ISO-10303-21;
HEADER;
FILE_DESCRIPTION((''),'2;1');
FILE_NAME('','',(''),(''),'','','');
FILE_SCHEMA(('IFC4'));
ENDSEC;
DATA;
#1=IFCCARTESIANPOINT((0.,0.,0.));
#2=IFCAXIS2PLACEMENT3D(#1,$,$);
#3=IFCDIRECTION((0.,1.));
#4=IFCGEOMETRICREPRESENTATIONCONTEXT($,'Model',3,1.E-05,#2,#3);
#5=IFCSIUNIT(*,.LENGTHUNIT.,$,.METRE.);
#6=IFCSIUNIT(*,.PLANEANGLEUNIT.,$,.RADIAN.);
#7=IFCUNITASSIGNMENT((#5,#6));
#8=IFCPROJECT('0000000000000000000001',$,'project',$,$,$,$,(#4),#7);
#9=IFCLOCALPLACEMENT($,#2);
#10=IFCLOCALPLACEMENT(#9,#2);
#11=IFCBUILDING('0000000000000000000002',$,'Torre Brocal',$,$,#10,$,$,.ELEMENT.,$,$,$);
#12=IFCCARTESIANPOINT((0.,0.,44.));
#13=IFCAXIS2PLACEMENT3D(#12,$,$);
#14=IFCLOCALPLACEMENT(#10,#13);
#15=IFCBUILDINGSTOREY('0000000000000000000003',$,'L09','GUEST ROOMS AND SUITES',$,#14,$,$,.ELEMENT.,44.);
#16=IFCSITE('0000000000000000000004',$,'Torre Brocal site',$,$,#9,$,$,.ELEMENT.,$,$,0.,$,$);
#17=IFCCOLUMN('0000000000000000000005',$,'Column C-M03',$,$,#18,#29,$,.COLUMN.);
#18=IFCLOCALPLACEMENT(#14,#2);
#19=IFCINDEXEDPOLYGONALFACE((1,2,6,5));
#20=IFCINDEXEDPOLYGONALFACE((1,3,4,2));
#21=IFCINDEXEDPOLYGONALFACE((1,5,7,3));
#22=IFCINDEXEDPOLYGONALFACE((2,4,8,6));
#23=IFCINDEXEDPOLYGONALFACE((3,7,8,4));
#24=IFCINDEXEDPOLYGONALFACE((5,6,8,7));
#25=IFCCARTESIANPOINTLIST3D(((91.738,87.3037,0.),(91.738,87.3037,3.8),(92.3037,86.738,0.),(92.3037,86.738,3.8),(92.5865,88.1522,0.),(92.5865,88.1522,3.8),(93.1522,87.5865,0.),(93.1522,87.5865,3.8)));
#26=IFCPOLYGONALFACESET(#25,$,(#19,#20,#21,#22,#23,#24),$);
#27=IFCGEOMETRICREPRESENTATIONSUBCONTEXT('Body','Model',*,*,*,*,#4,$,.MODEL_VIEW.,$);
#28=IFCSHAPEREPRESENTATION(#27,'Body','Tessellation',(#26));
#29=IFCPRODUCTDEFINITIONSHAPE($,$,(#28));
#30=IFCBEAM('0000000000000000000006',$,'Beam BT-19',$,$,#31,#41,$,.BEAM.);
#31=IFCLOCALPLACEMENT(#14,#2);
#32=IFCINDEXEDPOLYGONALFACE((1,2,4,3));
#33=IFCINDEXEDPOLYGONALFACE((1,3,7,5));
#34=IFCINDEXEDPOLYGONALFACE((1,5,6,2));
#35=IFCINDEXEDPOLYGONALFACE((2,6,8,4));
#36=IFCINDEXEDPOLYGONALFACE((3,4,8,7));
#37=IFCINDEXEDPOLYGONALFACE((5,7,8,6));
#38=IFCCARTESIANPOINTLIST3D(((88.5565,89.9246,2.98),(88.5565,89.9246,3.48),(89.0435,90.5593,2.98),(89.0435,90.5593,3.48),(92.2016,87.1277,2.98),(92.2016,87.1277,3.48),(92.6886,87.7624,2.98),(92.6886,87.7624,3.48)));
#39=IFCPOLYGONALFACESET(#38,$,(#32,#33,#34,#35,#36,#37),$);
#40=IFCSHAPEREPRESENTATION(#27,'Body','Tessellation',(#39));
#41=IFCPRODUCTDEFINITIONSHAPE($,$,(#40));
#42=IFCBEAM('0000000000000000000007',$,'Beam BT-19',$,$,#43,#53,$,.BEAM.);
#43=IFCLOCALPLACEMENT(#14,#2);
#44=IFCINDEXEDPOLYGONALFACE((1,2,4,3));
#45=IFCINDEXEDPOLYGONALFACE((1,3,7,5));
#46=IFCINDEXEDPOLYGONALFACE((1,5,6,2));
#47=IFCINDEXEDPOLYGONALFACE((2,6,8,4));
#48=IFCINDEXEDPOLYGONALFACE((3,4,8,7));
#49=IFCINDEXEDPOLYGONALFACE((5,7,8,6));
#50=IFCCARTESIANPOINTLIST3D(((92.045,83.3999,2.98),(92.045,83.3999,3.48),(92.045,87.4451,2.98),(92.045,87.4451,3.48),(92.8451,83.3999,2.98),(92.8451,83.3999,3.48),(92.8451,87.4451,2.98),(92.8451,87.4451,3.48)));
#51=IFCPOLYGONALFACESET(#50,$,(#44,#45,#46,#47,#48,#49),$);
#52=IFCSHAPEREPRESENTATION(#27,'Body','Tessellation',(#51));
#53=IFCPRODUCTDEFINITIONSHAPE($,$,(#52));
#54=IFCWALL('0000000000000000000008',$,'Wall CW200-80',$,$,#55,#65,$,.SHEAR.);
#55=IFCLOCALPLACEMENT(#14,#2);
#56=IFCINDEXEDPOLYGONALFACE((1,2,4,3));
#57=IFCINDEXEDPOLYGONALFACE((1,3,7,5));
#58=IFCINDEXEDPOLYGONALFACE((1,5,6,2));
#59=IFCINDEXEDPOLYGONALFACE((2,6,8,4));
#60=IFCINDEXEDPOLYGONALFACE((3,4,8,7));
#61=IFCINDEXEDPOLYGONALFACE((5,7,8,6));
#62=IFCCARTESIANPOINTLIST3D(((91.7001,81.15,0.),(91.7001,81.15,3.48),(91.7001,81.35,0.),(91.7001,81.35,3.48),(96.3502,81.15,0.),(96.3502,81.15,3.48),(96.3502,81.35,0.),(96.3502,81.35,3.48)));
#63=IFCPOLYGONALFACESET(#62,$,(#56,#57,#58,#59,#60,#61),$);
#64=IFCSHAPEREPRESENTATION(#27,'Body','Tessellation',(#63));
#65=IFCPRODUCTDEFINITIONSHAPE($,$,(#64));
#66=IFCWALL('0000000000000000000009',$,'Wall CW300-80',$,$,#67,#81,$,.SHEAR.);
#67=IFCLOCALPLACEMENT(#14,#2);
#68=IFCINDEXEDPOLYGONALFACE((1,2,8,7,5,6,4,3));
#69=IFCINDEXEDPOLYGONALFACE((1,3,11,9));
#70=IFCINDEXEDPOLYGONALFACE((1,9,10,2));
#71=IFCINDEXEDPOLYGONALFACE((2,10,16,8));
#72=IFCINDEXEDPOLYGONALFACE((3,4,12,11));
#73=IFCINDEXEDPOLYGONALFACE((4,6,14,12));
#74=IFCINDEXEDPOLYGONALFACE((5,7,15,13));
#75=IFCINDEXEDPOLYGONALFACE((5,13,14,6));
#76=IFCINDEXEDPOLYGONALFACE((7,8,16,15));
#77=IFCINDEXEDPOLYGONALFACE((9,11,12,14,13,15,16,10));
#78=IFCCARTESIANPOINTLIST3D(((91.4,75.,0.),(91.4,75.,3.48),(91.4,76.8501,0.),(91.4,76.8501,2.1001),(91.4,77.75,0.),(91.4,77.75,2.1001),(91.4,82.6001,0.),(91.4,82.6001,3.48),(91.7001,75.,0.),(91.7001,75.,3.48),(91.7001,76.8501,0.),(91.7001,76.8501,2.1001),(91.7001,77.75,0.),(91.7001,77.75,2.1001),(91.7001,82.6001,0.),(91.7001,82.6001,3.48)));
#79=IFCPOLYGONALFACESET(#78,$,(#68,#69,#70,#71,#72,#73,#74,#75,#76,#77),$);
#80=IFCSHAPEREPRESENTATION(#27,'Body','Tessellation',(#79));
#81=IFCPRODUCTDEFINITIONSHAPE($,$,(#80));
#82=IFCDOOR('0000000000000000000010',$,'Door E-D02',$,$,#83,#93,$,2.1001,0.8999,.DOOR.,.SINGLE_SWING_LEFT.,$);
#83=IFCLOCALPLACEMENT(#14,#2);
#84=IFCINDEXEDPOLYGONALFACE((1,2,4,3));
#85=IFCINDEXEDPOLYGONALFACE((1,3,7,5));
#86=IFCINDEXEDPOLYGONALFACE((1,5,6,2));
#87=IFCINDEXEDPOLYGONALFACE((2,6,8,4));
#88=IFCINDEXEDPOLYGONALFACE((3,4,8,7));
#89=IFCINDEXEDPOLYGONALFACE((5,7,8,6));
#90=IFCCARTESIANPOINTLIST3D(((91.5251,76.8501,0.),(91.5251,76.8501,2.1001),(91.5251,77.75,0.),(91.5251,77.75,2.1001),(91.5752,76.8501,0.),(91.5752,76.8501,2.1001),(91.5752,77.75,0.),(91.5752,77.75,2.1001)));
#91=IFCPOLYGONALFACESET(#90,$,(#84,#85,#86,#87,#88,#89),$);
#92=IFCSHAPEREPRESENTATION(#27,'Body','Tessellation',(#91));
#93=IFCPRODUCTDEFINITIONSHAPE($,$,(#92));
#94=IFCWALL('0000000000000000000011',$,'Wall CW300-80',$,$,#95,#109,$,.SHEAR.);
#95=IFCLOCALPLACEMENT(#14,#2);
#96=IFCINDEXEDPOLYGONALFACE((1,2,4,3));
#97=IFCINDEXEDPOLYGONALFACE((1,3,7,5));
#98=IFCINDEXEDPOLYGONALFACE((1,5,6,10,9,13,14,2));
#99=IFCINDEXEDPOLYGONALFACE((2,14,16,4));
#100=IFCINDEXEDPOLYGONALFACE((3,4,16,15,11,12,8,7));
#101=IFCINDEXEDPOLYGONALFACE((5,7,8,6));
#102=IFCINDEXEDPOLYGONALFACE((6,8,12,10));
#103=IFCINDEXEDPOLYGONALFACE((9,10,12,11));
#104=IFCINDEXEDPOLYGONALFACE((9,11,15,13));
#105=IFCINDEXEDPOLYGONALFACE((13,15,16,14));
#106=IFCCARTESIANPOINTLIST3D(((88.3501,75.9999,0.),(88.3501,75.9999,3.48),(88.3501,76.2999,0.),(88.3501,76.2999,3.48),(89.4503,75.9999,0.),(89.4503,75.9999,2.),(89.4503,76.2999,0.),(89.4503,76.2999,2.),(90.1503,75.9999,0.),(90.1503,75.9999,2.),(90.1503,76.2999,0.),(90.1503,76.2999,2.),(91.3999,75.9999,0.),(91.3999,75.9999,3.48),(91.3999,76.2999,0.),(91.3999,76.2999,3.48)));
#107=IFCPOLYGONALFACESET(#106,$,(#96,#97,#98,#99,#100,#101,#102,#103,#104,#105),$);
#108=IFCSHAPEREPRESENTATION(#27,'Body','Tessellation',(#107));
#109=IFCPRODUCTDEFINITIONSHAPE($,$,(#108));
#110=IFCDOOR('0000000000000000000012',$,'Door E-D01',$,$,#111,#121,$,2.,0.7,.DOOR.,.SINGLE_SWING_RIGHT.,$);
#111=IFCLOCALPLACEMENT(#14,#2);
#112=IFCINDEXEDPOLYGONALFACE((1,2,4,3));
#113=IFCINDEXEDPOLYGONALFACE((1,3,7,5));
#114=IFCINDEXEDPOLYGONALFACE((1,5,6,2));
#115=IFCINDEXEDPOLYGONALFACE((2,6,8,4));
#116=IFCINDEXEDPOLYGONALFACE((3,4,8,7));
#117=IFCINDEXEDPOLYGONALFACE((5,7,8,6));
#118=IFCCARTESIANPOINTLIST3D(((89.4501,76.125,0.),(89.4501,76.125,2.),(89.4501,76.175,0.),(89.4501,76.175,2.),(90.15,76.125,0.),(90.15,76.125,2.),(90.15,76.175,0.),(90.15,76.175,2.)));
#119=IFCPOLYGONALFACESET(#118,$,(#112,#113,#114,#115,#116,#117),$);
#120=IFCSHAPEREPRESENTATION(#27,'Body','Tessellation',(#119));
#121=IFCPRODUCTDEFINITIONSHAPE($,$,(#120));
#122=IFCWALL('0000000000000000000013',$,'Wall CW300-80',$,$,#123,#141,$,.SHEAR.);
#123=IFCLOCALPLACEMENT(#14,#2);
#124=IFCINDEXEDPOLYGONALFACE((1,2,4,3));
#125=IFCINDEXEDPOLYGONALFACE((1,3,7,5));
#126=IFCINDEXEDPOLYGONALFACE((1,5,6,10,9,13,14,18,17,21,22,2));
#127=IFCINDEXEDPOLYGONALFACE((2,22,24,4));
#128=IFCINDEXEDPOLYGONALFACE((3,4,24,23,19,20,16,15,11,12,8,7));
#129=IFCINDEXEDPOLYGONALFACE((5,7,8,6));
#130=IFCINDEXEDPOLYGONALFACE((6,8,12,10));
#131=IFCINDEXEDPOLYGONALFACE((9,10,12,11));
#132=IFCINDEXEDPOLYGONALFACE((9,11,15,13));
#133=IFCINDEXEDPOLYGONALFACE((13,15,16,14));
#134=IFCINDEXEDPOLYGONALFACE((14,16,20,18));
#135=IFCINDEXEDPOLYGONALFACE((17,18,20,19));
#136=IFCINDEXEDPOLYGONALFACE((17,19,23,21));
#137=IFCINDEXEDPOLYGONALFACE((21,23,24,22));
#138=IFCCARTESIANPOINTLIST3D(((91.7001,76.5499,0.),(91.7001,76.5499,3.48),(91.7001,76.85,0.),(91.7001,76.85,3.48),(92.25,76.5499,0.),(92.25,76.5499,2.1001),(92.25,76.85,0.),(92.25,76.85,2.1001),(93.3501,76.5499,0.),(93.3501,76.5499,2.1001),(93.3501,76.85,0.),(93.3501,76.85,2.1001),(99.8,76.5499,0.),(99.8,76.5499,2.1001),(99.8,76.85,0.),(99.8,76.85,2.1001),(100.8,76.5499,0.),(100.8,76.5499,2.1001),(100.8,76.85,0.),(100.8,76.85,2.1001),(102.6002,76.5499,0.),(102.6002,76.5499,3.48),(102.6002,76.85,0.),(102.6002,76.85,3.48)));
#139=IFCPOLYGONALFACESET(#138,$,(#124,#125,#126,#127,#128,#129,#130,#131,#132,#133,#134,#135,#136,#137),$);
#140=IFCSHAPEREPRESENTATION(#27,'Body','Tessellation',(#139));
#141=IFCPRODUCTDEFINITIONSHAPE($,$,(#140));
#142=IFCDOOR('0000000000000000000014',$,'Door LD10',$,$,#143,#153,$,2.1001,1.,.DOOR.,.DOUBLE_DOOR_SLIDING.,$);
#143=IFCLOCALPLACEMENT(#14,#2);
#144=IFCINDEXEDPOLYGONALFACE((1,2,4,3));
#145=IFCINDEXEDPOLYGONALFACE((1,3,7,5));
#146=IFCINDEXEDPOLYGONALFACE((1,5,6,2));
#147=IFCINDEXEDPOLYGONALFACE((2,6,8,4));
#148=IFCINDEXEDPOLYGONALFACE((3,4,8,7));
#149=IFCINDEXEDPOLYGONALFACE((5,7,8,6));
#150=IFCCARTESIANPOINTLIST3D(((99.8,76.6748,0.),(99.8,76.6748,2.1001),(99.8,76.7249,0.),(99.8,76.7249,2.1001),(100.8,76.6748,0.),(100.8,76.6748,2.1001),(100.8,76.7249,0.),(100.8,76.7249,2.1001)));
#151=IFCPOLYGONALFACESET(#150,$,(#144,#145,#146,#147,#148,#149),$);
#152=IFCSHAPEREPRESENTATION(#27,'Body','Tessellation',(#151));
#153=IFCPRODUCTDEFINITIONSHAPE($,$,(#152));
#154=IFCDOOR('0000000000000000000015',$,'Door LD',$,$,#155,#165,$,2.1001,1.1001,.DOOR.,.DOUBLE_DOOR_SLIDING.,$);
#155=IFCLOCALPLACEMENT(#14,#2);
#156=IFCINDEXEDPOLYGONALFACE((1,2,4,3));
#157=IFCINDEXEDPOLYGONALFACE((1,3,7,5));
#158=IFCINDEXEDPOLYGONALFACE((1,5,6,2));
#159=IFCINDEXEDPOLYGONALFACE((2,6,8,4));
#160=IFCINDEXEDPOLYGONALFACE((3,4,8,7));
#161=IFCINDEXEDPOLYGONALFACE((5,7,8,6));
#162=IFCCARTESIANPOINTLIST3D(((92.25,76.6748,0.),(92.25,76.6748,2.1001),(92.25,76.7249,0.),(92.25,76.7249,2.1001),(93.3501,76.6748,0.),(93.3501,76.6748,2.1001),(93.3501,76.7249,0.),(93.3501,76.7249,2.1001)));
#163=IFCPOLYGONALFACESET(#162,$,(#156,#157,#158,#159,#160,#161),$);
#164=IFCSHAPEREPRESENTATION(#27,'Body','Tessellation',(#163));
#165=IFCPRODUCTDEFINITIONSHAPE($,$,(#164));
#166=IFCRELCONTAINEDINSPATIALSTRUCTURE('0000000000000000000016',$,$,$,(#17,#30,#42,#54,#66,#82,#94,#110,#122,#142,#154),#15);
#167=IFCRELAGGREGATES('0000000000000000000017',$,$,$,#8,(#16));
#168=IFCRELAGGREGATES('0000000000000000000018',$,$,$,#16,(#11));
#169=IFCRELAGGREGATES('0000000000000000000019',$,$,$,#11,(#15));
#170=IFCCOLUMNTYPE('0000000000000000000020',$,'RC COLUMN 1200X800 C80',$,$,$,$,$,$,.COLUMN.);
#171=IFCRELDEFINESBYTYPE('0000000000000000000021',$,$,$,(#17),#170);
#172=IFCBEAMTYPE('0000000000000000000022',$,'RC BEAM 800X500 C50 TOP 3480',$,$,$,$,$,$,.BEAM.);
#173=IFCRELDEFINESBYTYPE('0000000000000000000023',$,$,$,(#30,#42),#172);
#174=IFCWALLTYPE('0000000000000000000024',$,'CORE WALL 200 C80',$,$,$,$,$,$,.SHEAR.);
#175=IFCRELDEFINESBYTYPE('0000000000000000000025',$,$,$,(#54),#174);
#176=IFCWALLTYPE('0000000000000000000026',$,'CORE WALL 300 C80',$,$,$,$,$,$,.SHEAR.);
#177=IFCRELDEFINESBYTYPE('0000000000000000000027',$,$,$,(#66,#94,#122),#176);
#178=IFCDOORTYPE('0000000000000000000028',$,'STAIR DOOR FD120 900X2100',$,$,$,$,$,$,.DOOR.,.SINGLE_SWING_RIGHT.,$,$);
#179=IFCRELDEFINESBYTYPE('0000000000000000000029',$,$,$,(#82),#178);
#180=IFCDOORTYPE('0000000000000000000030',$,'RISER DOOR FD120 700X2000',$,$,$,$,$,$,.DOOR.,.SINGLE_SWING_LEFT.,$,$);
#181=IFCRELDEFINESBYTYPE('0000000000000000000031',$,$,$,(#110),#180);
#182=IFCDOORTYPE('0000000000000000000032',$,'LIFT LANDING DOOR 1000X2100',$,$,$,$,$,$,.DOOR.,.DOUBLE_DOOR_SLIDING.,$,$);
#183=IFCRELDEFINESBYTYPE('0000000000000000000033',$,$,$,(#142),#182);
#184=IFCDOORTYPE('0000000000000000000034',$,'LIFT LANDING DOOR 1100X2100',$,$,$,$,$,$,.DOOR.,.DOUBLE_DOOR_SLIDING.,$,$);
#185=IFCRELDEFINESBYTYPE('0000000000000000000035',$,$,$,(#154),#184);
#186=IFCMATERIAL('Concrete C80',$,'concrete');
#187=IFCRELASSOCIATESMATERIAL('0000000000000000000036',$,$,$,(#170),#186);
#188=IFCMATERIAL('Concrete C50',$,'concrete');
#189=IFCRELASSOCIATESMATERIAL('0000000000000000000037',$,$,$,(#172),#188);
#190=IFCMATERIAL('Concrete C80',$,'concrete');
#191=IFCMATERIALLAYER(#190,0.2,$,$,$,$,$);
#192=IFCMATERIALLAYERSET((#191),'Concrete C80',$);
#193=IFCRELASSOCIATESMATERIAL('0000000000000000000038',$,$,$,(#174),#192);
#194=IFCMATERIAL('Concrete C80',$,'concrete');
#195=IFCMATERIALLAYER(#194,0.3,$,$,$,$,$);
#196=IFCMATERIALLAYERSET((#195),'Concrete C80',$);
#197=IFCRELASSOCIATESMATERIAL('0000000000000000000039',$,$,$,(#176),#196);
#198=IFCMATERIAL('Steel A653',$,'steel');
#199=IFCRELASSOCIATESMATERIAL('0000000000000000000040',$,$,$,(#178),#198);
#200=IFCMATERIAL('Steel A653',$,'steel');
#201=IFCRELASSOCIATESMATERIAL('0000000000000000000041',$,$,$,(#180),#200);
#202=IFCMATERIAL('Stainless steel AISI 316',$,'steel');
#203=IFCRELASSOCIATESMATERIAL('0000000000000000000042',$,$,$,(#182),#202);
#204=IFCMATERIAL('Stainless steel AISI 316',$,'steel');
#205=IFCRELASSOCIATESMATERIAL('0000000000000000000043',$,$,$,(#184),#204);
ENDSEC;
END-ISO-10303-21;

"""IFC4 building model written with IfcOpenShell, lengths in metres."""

from ifc_helpers import new_model, si_unit, direction, frame, frame_2d, origin, origin_2d, place, context, subcontext, project, spatial, rectangle, extrude, material, layer, layer_set, material_profile, profile_set, type_object, element, fill, save


model = new_model("IFC4")

# Units and contexts
model_context = context("Model", 3, precision=1e-05, world=origin(), true_north=direction((0.0, 1.0)))
body_context = subcontext(model_context, "Body", "Model", "MODEL_VIEW")
ifc_project = project(units=[si_unit("LENGTHUNIT", "METRE"), si_unit("PLANEANGLEUNIT", "RADIAN")], contexts=[model_context])

# Site, building, storey
site_placement = place(None, origin())
site = spatial("IfcSite", under=ifc_project, at=site_placement, Name="Torre Brocal site", CompositionType="ELEMENT", RefElevation=0.0)
building_placement = place(site_placement, origin())
building = spatial("IfcBuilding", under=site, at=building_placement, Name="Torre Brocal", CompositionType="ELEMENT")
storey_placement = place(building_placement, frame((0.0, 0.0, 44.0)))
storey = spatial("IfcBuildingStorey", under=building, at=storey_placement, Name="L09", Description="GUEST ROOMS AND SUITES", CompositionType="ELEMENT", Elevation=44.0)

# Column
ifc_material_1 = material(Name="Concrete C80", Category="concrete")
ifc_material_profile_1 = material_profile(ifc_material_1, rectangle(XDim=1.2, YDim=0.8, at=origin_2d()), Name="RC 1200X800")
ifc_profile_set_1 = profile_set([ifc_material_profile_1], Name="Concrete C80")
column_type = type_object("IfcColumnType", Name="RC COLUMN 1200X800 C80", PredefinedType="COLUMN", material=ifc_profile_set_1)
column_placement = place(storey_placement, frame((92.4451, 87.4451, 0.0), z_axis=(0.0, 0.0, 1.0), x_axis=(0.707107, 0.707107, 0.0)))
element("IfcColumn", 1, at=column_placement, inside=storey, type_object=column_type, Name="Column C-M03", PredefinedType="COLUMN", context=body_context, shape_type="SweptSolid", body=[
    extrude(rectangle(XDim=1.2, YDim=0.8, at=origin_2d()), origin(), (0.0, 0.0, 1.0), 3.8),
])

# Beams
ifc_material_2 = material(Name="Concrete C50", Category="concrete")
ifc_material_profile_2 = material_profile(ifc_material_2, rectangle(XDim=0.8, YDim=0.5, at=origin_2d()), Name="RC 800X500")
ifc_profile_set_2 = profile_set([ifc_material_profile_2], Name="Concrete C50")
beam_type = type_object("IfcBeamType", Name="RC BEAM 800X500 C50 TOP 3480", PredefinedType="BEAM", material=ifc_profile_set_2)
beam_1_placement = place(storey_placement, frame((92.4451, 87.4451, 3.23), z_axis=(-0.793358, 0.608755, 0.0), x_axis=(-0.608755, -0.793358, 0.0)))
element("IfcBeam", 2, at=beam_1_placement, inside=storey, type_object=beam_type, Name="Beam BT-19", PredefinedType="BEAM", context=body_context, shape_type="SweptSolid", body=[
    extrude(rectangle(XDim=0.8, YDim=0.5, at=origin_2d()), origin(), (0.0, 0.0, 1.0), 4.5945),
])
beam_2_placement = place(storey_placement, frame((92.4451, 87.4451, 3.23), z_axis=(0.0, -1.0, 0.0), x_axis=(1.0, 0.0, 0.0)))
element("IfcBeam", 3, at=beam_2_placement, inside=storey, type_object=beam_type, Name="Beam BT-19", PredefinedType="BEAM", context=body_context, shape_type="SweptSolid", body=[
    extrude(rectangle(XDim=0.8, YDim=0.5, at=origin_2d()), origin(), (0.0, 0.0, 1.0), 4.0452),
])

# Wall
ifc_material_3 = material(Name="Concrete C80", Category="concrete")
ifc_layer_1 = layer(ifc_material_3, 0.2)
ifc_layer_set_1 = layer_set([ifc_layer_1], Name="Concrete C80")
wall_type_1 = type_object("IfcWallType", Name="CORE WALL 200 C80", PredefinedType="SHEAR", material=ifc_layer_set_1)
wall_1_placement = place(storey_placement, frame((91.7, 81.25, 0.0), z_axis=(0.0, 0.0, 1.0), x_axis=(1.0, 0.0, 0.0)))
element("IfcWall", 4, at=wall_1_placement, inside=storey, type_object=wall_type_1, Name="Wall CW200-80", PredefinedType="SHEAR", context=body_context, shape_type="SweptSolid", body=[
    extrude(rectangle(XDim=4.6501, YDim=0.2, at=frame_2d((2.3252, 0.0))), origin(), (0.0, 0.0, 1.0), 3.48),
])

# Walls, openings, doors
ifc_material_4 = material(Name="Concrete C80", Category="concrete")
ifc_layer_2 = layer(ifc_material_4, 0.3)
ifc_layer_set_2 = layer_set([ifc_layer_2], Name="Concrete C80")
wall_type_2 = type_object("IfcWallType", Name="CORE WALL 300 C80", PredefinedType="SHEAR", material=ifc_layer_set_2)
wall_2_placement = place(storey_placement, frame((91.55, 75.0, 0.0), z_axis=(0.0, 0.0, 1.0), x_axis=(0.0, 1.0, 0.0)))
wall_2 = element("IfcWall", 5, at=wall_2_placement, inside=storey, type_object=wall_type_2, Name="Wall CW300-80", PredefinedType="SHEAR", context=body_context, shape_type="SweptSolid", body=[
    extrude(rectangle(XDim=7.6001, YDim=0.3, at=frame_2d((3.8, 0.0))), origin(), (0.0, 0.0, 1.0), 3.48),
])
opening_1_placement = place(wall_2_placement, frame((1.8501, 0.0, 0.0)))
opening_1 = element("IfcOpeningElement", 6, at=opening_1_placement, cuts=wall_2, PredefinedType="OPENING", context=body_context, shape_type="SweptSolid", body=[
    extrude(rectangle(XDim=0.8999, YDim=2.1001, at=frame_2d((0.45, 1.05))), frame((0.0, 0.1599, 0.0), z_axis=(0.0, -1.0, 0.0), x_axis=(1.0, 0.0, 0.0)), (0.0, 0.0, 1.0), 0.3201),
])
ifc_material_5 = material(Name="Steel A653", Category="steel")
door_type_1 = type_object("IfcDoorType", Name="STAIR DOOR FD120 900X2100", OperationType="SINGLE_SWING_RIGHT", PredefinedType="DOOR", material=ifc_material_5)
door_1_placement = place(opening_1_placement, origin())
door_1 = element("IfcDoor", 7, at=door_1_placement, inside=storey, type_object=door_type_1, Name="Door E-D02", OperationType="SINGLE_SWING_LEFT", OverallHeight=2.1001, OverallWidth=0.8999, PredefinedType="DOOR", context=body_context, shape_type="SweptSolid", body=[
    extrude(rectangle(XDim=0.8999, YDim=2.1001, at=frame_2d((0.45, 1.05))), frame((0.0, 0.0249, 0.0), z_axis=(0.0, -1.0, 0.0), x_axis=(1.0, 0.0, 0.0)), (0.0, 0.0, 1.0), 0.05),
])
fill(opening_1, door_1)
wall_3_placement = place(storey_placement, frame((88.3501, 76.1499, 0.0), z_axis=(0.0, 0.0, 1.0), x_axis=(1.0, 0.0, 0.0)))
wall_3 = element("IfcWall", 8, at=wall_3_placement, inside=storey, type_object=wall_type_2, Name="Wall CW300-80", PredefinedType="SHEAR", context=body_context, shape_type="SweptSolid", body=[
    extrude(rectangle(XDim=3.0498, YDim=0.3, at=frame_2d((1.5249, 0.0))), origin(), (0.0, 0.0, 1.0), 3.48),
])
opening_2_placement = place(wall_3_placement, frame((1.1001, 0.0, 0.0)))
opening_2 = element("IfcOpeningElement", 9, at=opening_2_placement, cuts=wall_3, PredefinedType="OPENING", context=body_context, shape_type="SweptSolid", body=[
    extrude(rectangle(XDim=0.7, YDim=2.0, at=frame_2d((0.3501, 1.0))), frame((0.0, 0.1599, 0.0), z_axis=(0.0, -1.0, 0.0), x_axis=(1.0, 0.0, 0.0)), (0.0, 0.0, 1.0), 0.3201),
])
ifc_material_6 = material(Name="Steel A653", Category="steel")
door_type_2 = type_object("IfcDoorType", Name="RISER DOOR FD120 700X2000", OperationType="SINGLE_SWING_LEFT", PredefinedType="DOOR", material=ifc_material_6)
door_2_placement = place(opening_2_placement, frame((0.7, 0.0, 0.0), z_axis=(0.0, 0.0, 1.0), x_axis=(-1.0, 0.0, 0.0)))
door_2 = element("IfcDoor", 10, at=door_2_placement, inside=storey, type_object=door_type_2, Name="Door E-D01", OperationType="SINGLE_SWING_RIGHT", OverallHeight=2.0, OverallWidth=0.7, PredefinedType="DOOR", context=body_context, shape_type="SweptSolid", body=[
    extrude(rectangle(XDim=0.7, YDim=2.0, at=frame_2d((0.3501, 1.0))), frame((0.0, 0.0249, 0.0), z_axis=(0.0, -1.0, 0.0), x_axis=(1.0, 0.0, 0.0)), (0.0, 0.0, 1.0), 0.05),
])
fill(opening_2, door_2)

# Wall, openings, doors
wall_4_placement = place(storey_placement, frame((91.7, 76.7, 0.0), z_axis=(0.0, 0.0, 1.0), x_axis=(1.0, 0.0, 0.0)))
wall_4 = element("IfcWall", 11, at=wall_4_placement, inside=storey, type_object=wall_type_2, Name="Wall CW300-80", PredefinedType="SHEAR", context=body_context, shape_type="SweptSolid", body=[
    extrude(rectangle(XDim=10.9001, YDim=0.3, at=frame_2d((5.4502, 0.0))), origin(), (0.0, 0.0, 1.0), 3.48),
])
opening_3_placement = place(wall_4_placement, frame((0.55, 0.0, 0.0)))
opening_3 = element("IfcOpeningElement", 12, at=opening_3_placement, cuts=wall_4, PredefinedType="OPENING", context=body_context, shape_type="SweptSolid", body=[
    extrude(rectangle(XDim=1.1001, YDim=2.1001, at=frame_2d((0.55, 1.05))), frame((0.0, 0.1599, 0.0), z_axis=(0.0, -1.0, 0.0), x_axis=(1.0, 0.0, 0.0)), (0.0, 0.0, 1.0), 0.3201),
])
opening_4_placement = place(wall_4_placement, frame((8.1001, 0.0, 0.0)))
opening_4 = element("IfcOpeningElement", 13, at=opening_4_placement, cuts=wall_4, PredefinedType="OPENING", context=body_context, shape_type="SweptSolid", body=[
    extrude(rectangle(XDim=1.0, YDim=2.1001, at=frame_2d((0.5, 1.05))), frame((0.0, 0.1599, 0.0), z_axis=(0.0, -1.0, 0.0), x_axis=(1.0, 0.0, 0.0)), (0.0, 0.0, 1.0), 0.3201),
])
ifc_material_7 = material(Name="Stainless steel AISI 316", Category="steel")
door_type_3 = type_object("IfcDoorType", Name="LIFT LANDING DOOR 1000X2100", OperationType="DOUBLE_DOOR_SLIDING", PredefinedType="DOOR", material=ifc_material_7)
door_3_placement = place(opening_4_placement, origin())
door_3 = element("IfcDoor", 14, at=door_3_placement, inside=storey, type_object=door_type_3, Name="Door LD10", OperationType="DOUBLE_DOOR_SLIDING", OverallHeight=2.1001, OverallWidth=1.0, PredefinedType="DOOR", context=body_context, shape_type="SweptSolid", body=[
    extrude(rectangle(XDim=1.0, YDim=2.1001, at=frame_2d((0.5, 1.05))), frame((0.0, 0.0249, 0.0), z_axis=(0.0, -1.0, 0.0), x_axis=(1.0, 0.0, 0.0)), (0.0, 0.0, 1.0), 0.05),
])
fill(opening_4, door_3)
ifc_material_8 = material(Name="Stainless steel AISI 316", Category="steel")
door_type_4 = type_object("IfcDoorType", Name="LIFT LANDING DOOR 1100X2100", OperationType="DOUBLE_DOOR_SLIDING", PredefinedType="DOOR", material=ifc_material_8)
door_4_placement = place(opening_3_placement, origin())
door_4 = element("IfcDoor", 15, at=door_4_placement, inside=storey, type_object=door_type_4, Name="Door LD", OperationType="DOUBLE_DOOR_SLIDING", OverallHeight=2.1001, OverallWidth=1.1001, PredefinedType="DOOR", context=body_context, shape_type="SweptSolid", body=[
    extrude(rectangle(XDim=1.1001, YDim=2.1001, at=frame_2d((0.55, 1.05))), frame((0.0, 0.0249, 0.0), z_axis=(0.0, -1.0, 0.0), x_axis=(1.0, 0.0, 0.0)), (0.0, 0.0, 1.0), 0.05),
])
fill(opening_3, door_4)

save(model, "model.ifc")
